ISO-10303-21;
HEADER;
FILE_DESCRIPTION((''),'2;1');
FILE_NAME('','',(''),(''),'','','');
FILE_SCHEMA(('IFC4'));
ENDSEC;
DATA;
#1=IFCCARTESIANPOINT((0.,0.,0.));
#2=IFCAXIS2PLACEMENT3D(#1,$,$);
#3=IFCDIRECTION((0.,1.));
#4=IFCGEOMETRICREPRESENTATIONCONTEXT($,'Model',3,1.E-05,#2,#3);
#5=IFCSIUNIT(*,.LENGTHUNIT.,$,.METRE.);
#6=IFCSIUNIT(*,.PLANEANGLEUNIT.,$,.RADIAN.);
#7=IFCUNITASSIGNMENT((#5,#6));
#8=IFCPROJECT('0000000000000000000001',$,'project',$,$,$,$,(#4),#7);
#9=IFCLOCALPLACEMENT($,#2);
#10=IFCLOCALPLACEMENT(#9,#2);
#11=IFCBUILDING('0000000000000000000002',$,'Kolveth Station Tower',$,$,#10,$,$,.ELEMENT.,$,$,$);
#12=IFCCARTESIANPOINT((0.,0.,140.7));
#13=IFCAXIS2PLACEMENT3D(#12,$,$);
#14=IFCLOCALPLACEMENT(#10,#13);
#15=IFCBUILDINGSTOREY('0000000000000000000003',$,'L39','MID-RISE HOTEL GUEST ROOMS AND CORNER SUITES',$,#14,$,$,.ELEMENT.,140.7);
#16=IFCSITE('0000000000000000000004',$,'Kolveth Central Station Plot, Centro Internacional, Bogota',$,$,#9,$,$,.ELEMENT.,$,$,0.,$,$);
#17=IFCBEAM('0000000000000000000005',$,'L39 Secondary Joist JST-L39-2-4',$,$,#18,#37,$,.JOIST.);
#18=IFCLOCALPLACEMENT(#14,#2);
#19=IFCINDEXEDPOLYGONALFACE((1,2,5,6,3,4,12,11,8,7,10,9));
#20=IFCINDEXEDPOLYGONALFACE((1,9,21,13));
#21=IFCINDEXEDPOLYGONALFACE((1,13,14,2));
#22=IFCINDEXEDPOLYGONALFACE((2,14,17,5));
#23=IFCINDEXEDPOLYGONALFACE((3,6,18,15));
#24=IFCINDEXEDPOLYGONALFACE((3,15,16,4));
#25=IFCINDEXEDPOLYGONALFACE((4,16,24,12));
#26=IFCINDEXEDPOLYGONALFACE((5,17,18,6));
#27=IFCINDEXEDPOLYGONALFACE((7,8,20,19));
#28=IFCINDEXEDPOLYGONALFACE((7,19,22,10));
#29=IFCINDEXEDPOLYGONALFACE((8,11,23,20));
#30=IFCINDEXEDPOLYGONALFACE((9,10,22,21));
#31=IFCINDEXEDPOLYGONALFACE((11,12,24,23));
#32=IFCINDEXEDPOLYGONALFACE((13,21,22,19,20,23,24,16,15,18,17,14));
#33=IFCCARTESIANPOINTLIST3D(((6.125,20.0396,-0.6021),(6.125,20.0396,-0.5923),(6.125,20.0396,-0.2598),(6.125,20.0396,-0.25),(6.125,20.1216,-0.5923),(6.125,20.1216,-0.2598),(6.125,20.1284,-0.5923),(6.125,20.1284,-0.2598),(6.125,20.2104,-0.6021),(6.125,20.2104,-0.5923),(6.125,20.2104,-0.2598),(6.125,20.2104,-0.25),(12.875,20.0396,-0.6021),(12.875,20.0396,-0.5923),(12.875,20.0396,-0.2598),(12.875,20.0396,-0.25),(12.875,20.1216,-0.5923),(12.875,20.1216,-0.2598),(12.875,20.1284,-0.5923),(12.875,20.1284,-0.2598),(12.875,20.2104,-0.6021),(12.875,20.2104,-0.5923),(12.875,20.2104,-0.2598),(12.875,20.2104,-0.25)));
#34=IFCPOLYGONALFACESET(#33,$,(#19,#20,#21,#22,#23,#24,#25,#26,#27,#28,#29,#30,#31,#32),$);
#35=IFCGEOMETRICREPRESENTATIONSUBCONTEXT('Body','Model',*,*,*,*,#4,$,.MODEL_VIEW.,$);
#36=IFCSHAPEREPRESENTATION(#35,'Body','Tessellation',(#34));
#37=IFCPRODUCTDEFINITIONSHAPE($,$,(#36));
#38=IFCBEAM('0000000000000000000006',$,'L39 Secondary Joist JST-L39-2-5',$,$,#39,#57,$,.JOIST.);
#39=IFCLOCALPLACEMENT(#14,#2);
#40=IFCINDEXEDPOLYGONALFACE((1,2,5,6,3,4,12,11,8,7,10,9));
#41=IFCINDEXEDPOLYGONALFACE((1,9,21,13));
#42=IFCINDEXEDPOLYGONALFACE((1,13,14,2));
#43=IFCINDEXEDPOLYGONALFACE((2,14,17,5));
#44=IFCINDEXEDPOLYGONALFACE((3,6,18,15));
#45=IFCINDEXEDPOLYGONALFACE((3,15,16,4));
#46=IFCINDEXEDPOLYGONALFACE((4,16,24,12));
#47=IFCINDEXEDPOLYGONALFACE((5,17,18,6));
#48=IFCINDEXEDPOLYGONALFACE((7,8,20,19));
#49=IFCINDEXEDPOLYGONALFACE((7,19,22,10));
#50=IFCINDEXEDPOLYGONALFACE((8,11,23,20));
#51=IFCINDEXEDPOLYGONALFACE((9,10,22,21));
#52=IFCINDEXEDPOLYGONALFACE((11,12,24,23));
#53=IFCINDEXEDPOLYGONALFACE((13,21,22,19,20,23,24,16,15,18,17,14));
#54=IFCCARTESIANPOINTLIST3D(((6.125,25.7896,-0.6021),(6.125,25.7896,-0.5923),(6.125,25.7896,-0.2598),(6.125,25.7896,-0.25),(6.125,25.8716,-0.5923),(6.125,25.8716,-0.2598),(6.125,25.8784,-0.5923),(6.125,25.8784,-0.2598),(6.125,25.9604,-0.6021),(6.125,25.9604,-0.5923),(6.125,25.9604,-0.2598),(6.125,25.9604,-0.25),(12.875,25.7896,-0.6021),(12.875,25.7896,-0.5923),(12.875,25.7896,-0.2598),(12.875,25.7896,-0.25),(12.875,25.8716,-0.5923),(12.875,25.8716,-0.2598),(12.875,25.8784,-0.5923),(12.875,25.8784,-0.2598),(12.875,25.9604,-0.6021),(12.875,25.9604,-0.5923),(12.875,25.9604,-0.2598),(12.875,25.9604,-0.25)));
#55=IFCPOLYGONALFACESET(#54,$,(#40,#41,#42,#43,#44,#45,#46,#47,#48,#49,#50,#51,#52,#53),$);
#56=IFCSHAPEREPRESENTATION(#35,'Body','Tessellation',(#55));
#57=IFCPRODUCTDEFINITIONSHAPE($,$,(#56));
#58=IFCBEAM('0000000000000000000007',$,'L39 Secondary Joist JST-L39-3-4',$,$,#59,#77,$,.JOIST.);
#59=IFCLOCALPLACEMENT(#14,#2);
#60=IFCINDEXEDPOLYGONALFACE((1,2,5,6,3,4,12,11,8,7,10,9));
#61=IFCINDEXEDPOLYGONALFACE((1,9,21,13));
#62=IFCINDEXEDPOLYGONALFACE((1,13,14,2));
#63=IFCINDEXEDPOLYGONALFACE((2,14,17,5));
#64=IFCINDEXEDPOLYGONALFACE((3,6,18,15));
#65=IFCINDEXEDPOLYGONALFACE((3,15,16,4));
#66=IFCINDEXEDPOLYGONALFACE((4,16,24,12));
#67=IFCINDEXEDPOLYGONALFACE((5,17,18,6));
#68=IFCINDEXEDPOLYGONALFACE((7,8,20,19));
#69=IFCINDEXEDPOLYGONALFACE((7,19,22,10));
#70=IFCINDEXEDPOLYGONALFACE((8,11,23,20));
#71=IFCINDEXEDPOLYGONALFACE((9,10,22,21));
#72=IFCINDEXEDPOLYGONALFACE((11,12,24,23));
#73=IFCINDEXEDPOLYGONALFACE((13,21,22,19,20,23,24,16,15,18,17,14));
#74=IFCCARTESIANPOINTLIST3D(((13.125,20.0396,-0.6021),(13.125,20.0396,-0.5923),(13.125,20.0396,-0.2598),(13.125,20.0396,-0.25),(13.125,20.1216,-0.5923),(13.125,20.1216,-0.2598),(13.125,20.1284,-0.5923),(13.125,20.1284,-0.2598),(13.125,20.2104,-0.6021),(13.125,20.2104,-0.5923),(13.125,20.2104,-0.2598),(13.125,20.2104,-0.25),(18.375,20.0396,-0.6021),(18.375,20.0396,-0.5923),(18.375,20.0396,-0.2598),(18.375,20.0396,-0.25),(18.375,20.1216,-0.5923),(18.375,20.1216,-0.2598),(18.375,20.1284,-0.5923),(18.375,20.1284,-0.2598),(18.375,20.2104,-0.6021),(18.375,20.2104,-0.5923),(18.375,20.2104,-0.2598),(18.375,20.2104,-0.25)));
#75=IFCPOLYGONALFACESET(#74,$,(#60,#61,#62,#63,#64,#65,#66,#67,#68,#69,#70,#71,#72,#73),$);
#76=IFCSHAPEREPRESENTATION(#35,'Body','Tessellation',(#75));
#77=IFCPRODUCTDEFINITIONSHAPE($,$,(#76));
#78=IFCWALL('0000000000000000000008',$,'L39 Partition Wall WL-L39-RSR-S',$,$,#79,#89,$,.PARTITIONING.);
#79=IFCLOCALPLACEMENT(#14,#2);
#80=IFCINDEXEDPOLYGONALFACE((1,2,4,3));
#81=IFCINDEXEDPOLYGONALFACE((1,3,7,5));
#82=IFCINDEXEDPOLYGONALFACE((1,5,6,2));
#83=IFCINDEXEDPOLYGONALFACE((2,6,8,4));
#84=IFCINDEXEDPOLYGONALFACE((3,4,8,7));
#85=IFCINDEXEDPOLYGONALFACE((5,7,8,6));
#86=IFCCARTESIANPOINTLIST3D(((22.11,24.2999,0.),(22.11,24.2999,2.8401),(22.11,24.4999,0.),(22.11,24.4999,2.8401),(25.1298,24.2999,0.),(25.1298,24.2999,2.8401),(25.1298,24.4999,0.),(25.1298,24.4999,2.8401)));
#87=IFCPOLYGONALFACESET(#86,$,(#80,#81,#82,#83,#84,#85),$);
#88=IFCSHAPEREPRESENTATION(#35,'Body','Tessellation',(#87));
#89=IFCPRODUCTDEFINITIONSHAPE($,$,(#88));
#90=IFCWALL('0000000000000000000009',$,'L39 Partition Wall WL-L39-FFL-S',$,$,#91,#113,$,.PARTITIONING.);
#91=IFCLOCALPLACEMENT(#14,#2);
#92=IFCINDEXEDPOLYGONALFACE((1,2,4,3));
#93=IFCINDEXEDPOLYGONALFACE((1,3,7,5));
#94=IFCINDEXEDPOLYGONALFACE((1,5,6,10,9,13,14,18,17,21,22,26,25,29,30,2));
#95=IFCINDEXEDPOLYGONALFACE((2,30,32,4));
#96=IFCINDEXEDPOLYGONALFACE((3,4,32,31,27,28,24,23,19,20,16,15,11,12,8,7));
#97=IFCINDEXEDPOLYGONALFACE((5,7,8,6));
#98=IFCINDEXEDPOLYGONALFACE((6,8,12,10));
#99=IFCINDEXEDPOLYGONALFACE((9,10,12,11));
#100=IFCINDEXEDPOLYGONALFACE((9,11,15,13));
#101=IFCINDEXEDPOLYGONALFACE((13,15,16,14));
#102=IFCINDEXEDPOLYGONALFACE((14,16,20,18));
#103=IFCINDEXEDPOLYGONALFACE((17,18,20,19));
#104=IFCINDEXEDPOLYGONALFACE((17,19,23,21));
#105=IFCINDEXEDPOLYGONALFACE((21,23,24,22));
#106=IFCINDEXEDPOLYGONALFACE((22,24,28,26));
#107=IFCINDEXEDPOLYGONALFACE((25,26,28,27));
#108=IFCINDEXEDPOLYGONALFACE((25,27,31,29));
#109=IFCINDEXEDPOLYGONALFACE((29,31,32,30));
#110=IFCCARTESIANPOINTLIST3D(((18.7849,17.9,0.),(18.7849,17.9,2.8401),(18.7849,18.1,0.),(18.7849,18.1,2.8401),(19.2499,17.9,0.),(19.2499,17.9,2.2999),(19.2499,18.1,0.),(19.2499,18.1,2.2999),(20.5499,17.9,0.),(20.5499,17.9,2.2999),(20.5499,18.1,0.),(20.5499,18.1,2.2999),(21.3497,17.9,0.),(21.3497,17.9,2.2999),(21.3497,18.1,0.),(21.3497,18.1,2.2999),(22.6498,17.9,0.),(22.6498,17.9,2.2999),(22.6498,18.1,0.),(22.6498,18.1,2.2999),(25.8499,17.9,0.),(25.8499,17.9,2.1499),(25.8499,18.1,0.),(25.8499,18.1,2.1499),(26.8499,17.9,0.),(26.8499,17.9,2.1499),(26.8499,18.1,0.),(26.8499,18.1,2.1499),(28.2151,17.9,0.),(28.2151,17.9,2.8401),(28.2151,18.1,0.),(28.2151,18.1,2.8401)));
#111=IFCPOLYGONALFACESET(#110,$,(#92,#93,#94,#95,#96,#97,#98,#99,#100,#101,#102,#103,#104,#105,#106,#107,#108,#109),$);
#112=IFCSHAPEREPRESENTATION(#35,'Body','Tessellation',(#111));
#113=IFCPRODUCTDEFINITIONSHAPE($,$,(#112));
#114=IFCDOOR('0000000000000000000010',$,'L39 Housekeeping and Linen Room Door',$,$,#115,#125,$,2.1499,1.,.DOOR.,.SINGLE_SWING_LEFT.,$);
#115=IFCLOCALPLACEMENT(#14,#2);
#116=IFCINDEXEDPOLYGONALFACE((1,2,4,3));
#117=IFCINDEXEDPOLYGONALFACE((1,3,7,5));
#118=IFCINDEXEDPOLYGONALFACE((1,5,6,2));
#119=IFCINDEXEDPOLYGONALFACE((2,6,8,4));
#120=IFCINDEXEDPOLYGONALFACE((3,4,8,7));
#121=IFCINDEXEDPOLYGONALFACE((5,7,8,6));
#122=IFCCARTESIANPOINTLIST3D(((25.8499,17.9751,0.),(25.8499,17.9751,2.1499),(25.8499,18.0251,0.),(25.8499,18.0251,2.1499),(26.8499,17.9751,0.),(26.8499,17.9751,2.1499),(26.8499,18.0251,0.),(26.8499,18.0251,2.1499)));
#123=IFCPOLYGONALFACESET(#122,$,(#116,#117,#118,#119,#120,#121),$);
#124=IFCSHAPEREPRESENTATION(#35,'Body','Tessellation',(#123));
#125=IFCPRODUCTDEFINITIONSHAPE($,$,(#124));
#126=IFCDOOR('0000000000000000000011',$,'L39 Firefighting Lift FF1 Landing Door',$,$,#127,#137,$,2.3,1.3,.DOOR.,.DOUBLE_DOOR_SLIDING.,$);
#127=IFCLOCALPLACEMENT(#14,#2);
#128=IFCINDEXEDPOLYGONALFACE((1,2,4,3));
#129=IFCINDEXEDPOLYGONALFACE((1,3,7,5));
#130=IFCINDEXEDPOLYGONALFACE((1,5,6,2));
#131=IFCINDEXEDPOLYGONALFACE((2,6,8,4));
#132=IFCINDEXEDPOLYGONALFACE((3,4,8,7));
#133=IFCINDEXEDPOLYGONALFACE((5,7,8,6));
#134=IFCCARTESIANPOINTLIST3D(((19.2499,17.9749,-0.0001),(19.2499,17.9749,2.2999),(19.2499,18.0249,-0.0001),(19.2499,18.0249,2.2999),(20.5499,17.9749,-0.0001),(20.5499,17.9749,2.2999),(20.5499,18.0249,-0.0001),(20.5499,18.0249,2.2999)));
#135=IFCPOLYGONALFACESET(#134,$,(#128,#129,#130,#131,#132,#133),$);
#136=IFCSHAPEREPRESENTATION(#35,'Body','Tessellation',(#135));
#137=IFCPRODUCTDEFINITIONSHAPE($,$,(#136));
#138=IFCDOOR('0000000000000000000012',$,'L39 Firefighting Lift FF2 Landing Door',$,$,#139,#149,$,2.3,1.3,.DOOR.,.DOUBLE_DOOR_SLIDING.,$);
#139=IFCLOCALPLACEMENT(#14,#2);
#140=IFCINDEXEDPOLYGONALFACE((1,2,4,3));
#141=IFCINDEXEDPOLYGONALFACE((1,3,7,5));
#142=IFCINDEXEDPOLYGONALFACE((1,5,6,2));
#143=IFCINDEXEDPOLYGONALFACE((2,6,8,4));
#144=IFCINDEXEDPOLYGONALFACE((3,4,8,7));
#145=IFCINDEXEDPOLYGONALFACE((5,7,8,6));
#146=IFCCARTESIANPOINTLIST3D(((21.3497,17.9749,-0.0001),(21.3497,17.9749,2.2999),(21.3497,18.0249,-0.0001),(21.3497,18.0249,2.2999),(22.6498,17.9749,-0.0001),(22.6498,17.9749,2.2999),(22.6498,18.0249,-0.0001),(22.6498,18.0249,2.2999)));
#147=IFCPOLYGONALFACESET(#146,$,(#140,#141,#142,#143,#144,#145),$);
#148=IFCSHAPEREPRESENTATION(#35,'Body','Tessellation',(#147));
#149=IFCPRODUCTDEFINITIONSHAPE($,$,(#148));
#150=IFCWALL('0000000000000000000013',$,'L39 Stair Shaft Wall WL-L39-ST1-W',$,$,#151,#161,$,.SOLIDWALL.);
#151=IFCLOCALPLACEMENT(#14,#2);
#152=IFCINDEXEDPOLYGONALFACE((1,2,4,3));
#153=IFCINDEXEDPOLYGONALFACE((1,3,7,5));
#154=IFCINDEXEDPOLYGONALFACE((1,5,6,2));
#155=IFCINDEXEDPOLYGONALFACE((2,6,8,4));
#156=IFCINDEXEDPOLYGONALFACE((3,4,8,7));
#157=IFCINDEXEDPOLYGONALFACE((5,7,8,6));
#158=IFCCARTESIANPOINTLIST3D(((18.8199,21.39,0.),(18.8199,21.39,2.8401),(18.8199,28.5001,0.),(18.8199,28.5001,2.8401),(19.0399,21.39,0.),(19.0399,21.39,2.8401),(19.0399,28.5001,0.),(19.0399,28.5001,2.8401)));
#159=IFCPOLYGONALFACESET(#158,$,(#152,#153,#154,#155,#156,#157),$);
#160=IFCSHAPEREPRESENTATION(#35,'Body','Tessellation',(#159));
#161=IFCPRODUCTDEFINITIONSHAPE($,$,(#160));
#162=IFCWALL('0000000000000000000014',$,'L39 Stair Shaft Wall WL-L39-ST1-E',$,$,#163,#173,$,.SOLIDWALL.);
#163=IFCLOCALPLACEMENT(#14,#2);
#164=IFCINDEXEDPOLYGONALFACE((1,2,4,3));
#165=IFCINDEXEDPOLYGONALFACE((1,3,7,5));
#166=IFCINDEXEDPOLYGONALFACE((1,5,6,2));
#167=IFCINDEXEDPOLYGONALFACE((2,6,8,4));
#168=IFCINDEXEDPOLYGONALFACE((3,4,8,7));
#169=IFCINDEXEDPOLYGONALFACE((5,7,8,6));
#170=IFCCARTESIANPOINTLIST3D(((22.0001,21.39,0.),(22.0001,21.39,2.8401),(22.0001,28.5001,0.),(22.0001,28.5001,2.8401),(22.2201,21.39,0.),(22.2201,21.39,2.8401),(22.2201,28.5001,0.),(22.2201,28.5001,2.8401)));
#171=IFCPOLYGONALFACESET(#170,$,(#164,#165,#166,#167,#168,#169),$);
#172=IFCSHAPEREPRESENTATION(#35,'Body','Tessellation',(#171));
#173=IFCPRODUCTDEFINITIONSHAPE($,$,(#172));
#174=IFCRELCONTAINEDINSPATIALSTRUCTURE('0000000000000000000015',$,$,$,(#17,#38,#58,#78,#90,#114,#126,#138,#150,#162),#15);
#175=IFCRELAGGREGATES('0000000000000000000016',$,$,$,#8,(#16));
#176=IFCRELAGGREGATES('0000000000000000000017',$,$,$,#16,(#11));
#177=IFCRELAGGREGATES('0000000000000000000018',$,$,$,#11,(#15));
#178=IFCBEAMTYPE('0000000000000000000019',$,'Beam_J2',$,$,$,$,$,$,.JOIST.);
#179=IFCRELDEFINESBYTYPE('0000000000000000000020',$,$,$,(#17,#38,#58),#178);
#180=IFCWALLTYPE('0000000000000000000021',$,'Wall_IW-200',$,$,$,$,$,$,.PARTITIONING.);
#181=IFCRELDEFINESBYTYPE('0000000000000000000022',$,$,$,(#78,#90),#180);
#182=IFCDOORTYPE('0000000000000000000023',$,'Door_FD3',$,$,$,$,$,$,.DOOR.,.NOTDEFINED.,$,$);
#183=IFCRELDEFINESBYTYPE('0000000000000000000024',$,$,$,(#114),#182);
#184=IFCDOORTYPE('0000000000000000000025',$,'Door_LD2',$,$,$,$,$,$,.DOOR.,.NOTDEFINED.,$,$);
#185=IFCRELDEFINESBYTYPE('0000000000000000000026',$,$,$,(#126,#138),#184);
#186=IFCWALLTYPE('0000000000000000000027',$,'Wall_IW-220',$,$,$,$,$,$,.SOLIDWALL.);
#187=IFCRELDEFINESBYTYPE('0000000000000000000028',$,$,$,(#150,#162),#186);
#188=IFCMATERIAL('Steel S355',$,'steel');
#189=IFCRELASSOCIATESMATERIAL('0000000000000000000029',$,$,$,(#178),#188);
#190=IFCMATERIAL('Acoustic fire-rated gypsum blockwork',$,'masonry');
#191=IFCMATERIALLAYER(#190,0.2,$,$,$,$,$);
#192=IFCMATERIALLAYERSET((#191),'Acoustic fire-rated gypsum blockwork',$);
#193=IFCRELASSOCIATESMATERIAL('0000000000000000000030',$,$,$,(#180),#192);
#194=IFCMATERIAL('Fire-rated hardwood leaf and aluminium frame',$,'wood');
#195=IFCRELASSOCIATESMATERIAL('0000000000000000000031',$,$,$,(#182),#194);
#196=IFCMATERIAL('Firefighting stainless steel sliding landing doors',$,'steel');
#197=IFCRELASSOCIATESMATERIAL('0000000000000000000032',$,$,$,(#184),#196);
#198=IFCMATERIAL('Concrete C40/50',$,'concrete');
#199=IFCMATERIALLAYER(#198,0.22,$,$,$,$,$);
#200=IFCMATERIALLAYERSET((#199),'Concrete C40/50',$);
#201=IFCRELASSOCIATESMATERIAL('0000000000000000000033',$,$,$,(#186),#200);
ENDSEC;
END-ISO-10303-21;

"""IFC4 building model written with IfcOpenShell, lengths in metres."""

from ifc_helpers import new_model, si_unit, direction, frame, frame_2d, origin, origin_2d, place, context, subcontext, project, spatial, rectangle, i_section, extrude, source, transform, mapped, material, layer, layer_set, material_profile, profile_set, type_object, element, fill, save


model = new_model("IFC4")

# Units and contexts
model_context = context("Model", 3, precision=1e-05, world=origin(), true_north=direction((0.0, 1.0)))
body_context = subcontext(model_context, "Body", "Model", "MODEL_VIEW")
ifc_project = project(units=[si_unit("LENGTHUNIT", "METRE"), si_unit("PLANEANGLEUNIT", "RADIAN")], contexts=[model_context])

# Site, building, storey
site_placement = place(None, origin())
site = spatial("IfcSite", under=ifc_project, at=site_placement, Name="Kolveth Central Station Plot, Centro Internacional, Bogota", CompositionType="ELEMENT", RefElevation=0.0)
building_placement = place(site_placement, origin())
building = spatial("IfcBuilding", under=site, at=building_placement, Name="Kolveth Station Tower", CompositionType="ELEMENT")
storey_placement = place(building_placement, frame((0.0, 0.0, 140.7)))
storey = spatial("IfcBuildingStorey", under=building, at=storey_placement, Name="L39", Description="MID-RISE HOTEL GUEST ROOMS AND CORNER SUITES", CompositionType="ELEMENT", Elevation=140.7)

# Shared definitions
ifc_material_1 = material(Name="Steel S355", Category="steel")

# Beams
ifc_material_profile_1 = material_profile(ifc_material_1, i_section(OverallWidth=0.1709, OverallDepth=0.3521, WebThickness=0.0068, FlangeThickness=0.0098, at=origin_2d()), Name="W360x44")
ifc_profile_set_1 = profile_set([ifc_material_profile_1], Name="Steel S355")
beam_type_1 = type_object("IfcBeamType", Name="Beam_J2", PredefinedType="JOIST", material=ifc_profile_set_1)
shared_shape_1 = source(origin(), body_context, "Body", "SweptSolid", [
    extrude(i_section(OverallWidth=0.1709, OverallDepth=0.3521, WebThickness=0.0068, FlangeThickness=0.0098, at=origin_2d()), origin(), (0.0, 0.0, 1.0), 6.75),
])
for number, where, z_axis, x_axis, name in (
    (1, (6.125, 20.125, -0.426), (1.0, 0.0, 0.0), (0.0, 1.0, 0.0), "L39 Secondary Joist JST-L39-2-4"),
    (2, (6.125, 25.875, -0.426), (1.0, 0.0, 0.0), (0.0, 1.0, 0.0), "L39 Secondary Joist JST-L39-2-5"),
):
    element("IfcBeam", number, at=place(storey_placement, frame(where, z_axis=z_axis, x_axis=x_axis)), inside=storey, type_object=beam_type_1, Name=name, PredefinedType="JOIST", context=body_context, shape_type="MappedRepresentation", body=[
        mapped(shared_shape_1, transform((0.0, 0.0, 0.0), x_axis=(1.0, 0.0, 0.0), y_axis=(0.0, 1.0, 0.0), z_axis=(0.0, 0.0, 1.0), scale=1.0)),
    ])
shared_shape_2 = source(origin(), body_context, "Body", "SweptSolid", [
    extrude(i_section(OverallWidth=0.1709, OverallDepth=0.3521, WebThickness=0.0068, FlangeThickness=0.0098, at=origin_2d()), origin(), (0.0, 0.0, 1.0), 5.25),
])
beam_1_placement = place(storey_placement, frame((13.125, 20.125, -0.426), z_axis=(1.0, 0.0, 0.0), x_axis=(0.0, 1.0, 0.0)))
element("IfcBeam", 3, at=beam_1_placement, inside=storey, type_object=beam_type_1, Name="L39 Secondary Joist JST-L39-3-4", PredefinedType="JOIST", context=body_context, shape_type="MappedRepresentation", body=[
    mapped(shared_shape_2, transform((0.0, 0.0, 0.0), x_axis=(1.0, 0.0, 0.0), y_axis=(0.0, 1.0, 0.0), z_axis=(0.0, 0.0, 1.0), scale=1.0)),
])

# Wall
ifc_material_2 = material(Name="Acoustic fire-rated gypsum blockwork", Category="masonry")
ifc_layer_1 = layer(ifc_material_2, 0.2)
ifc_layer_set_1 = layer_set([ifc_layer_1], Name="Acoustic fire-rated gypsum blockwork")
wall_type_1 = type_object("IfcWallType", Name="Wall_IW-200", PredefinedType="PARTITIONING", material=ifc_layer_set_1)
wall_1_placement = place(storey_placement, frame((22.1101, 24.3999, 0.0), z_axis=(0.0, 0.0, 1.0), x_axis=(1.0, 0.0, 0.0)))
element("IfcWall", 4, at=wall_1_placement, inside=storey, type_object=wall_type_1, Name="L39 Partition Wall WL-L39-RSR-S", PredefinedType="PARTITIONING", context=body_context, shape_type="SweptSolid", body=[
    extrude(rectangle(XDim=3.0198, YDim=0.2, at=frame_2d((1.5098, 0.0))), origin(), (0.0, 0.0, 1.0), 2.8401),
])

# Wall, openings, doors
wall_2_placement = place(storey_placement, frame((18.7849, 18.0, 0.0), z_axis=(0.0, 0.0, 1.0), x_axis=(1.0, 0.0, 0.0)))
wall_2 = element("IfcWall", 5, at=wall_2_placement, inside=storey, type_object=wall_type_1, Name="L39 Partition Wall WL-L39-FFL-S", PredefinedType="PARTITIONING", context=body_context, shape_type="SweptSolid", body=[
    extrude(rectangle(XDim=9.4302, YDim=0.2, at=frame_2d((4.7151, 0.0))), origin(), (0.0, 0.0, 1.0), 2.8401),
])
opening_1_placement = place(wall_2_placement, frame((0.4651, 0.0, 0.0)))
opening_1 = element("IfcOpeningElement", 6, at=opening_1_placement, cuts=wall_2, PredefinedType="OPENING", context=body_context, shape_type="SweptSolid", body=[
    extrude(rectangle(XDim=1.3, YDim=2.3, at=frame_2d((0.6499, 1.1499))), frame((0.0, 0.1099, 0.0), z_axis=(0.0, -1.0, 0.0), x_axis=(1.0, 0.0, 0.0)), (0.0, 0.0, 1.0), 0.22),
])
opening_2_placement = place(wall_2_placement, frame((2.5649, 0.0, 0.0)))
opening_2 = element("IfcOpeningElement", 7, at=opening_2_placement, cuts=wall_2, PredefinedType="OPENING", context=body_context, shape_type="SweptSolid", body=[
    extrude(rectangle(XDim=1.3, YDim=2.3, at=frame_2d((0.6499, 1.1499))), frame((0.0, 0.1099, 0.0), z_axis=(0.0, -1.0, 0.0), x_axis=(1.0, 0.0, 0.0)), (0.0, 0.0, 1.0), 0.22),
])
opening_3_placement = place(wall_2_placement, frame((7.0649, 0.0, 0.0)))
opening_3 = element("IfcOpeningElement", 8, at=opening_3_placement, cuts=wall_2, PredefinedType="OPENING", context=body_context, shape_type="SweptSolid", body=[
    extrude(rectangle(XDim=1.0, YDim=2.1499, at=frame_2d((0.5, 1.075))), frame((0.0, 0.1099, 0.0), z_axis=(0.0, -1.0, 0.0), x_axis=(1.0, 0.0, 0.0)), (0.0, 0.0, 1.0), 0.22),
])
ifc_material_3 = material(Name="Fire-rated hardwood leaf and aluminium frame", Category="wood")
door_type_1 = type_object("IfcDoorType", Name="Door_FD3", OperationType="NOTDEFINED", PredefinedType="DOOR", material=ifc_material_3)
door_1_placement = place(opening_3_placement, frame((1.0, 0.0, 0.0), z_axis=(0.0, 0.0, 1.0), x_axis=(-1.0, 0.0, 0.0)))
door_1 = element("IfcDoor", 9, at=door_1_placement, inside=storey, type_object=door_type_1, Name="L39 Housekeeping and Linen Room Door", OperationType="SINGLE_SWING_LEFT", OverallHeight=2.1499, OverallWidth=1.0, PredefinedType="DOOR", context=body_context, shape_type="SweptSolid", body=[
    extrude(rectangle(XDim=1.0, YDim=2.1499, at=frame_2d((0.5, 1.075))), frame((0.0, 0.0249, 0.0), z_axis=(0.0, -1.0, 0.0), x_axis=(1.0, 0.0, 0.0)), (0.0, 0.0, 1.0), 0.05),
])
fill(opening_3, door_1)
ifc_material_4 = material(Name="Firefighting stainless steel sliding landing doors", Category="steel")
door_type_2 = type_object("IfcDoorType", Name="Door_LD2", OperationType="NOTDEFINED", PredefinedType="DOOR", material=ifc_material_4)
door_2_placement = place(opening_1_placement, origin())
door_2 = element("IfcDoor", 10, at=door_2_placement, inside=storey, type_object=door_type_2, Name="L39 Firefighting Lift FF1 Landing Door", OperationType="DOUBLE_DOOR_SLIDING", OverallHeight=2.3, OverallWidth=1.3, PredefinedType="DOOR", context=body_context, shape_type="SweptSolid", body=[
    extrude(rectangle(XDim=1.3, YDim=2.3, at=frame_2d((0.6499, 1.1499))), frame((0.0, 0.0249, 0.0), z_axis=(0.0, -1.0, 0.0), x_axis=(1.0, 0.0, 0.0)), (0.0, 0.0, 1.0), 0.05),
])
fill(opening_1, door_2)
door_3_placement = place(opening_2_placement, origin())
door_3 = element("IfcDoor", 11, at=door_3_placement, inside=storey, type_object=door_type_2, Name="L39 Firefighting Lift FF2 Landing Door", OperationType="DOUBLE_DOOR_SLIDING", OverallHeight=2.3, OverallWidth=1.3, PredefinedType="DOOR", context=body_context, shape_type="SweptSolid", body=[
    extrude(rectangle(XDim=1.3, YDim=2.3, at=frame_2d((0.6499, 1.1499))), frame((0.0, 0.0249, 0.0), z_axis=(0.0, -1.0, 0.0), x_axis=(1.0, 0.0, 0.0)), (0.0, 0.0, 1.0), 0.05),
])
fill(opening_2, door_3)

# Walls
ifc_material_5 = material(Name="Concrete C40/50", Category="concrete")
ifc_layer_2 = layer(ifc_material_5, 0.22)
ifc_layer_set_2 = layer_set([ifc_layer_2], Name="Concrete C40/50")
wall_type_2 = type_object("IfcWallType", Name="Wall_IW-220", PredefinedType="SOLIDWALL", material=ifc_layer_set_2)
for number, where, z_axis, x_axis, name in (
    (12, (18.9299, 21.3899, 0.0), (0.0, 0.0, 1.0), (0.0, 1.0, 0.0), "L39 Stair Shaft Wall WL-L39-ST1-W"),
    (13, (22.1101, 21.3899, 0.0), (0.0, 0.0, 1.0), (0.0, 1.0, 0.0), "L39 Stair Shaft Wall WL-L39-ST1-E"),
):
    element("IfcWall", number, at=place(storey_placement, frame(where, z_axis=z_axis, x_axis=x_axis)), inside=storey, type_object=wall_type_2, Name=name, PredefinedType="SOLIDWALL", context=body_context, shape_type="SweptSolid", body=[
        extrude(rectangle(XDim=7.1101, YDim=0.22, at=frame_2d((3.5552, 0.0))), origin(), (0.0, 0.0, 1.0), 2.8401),
    ])

save(model, "model.ifc")
